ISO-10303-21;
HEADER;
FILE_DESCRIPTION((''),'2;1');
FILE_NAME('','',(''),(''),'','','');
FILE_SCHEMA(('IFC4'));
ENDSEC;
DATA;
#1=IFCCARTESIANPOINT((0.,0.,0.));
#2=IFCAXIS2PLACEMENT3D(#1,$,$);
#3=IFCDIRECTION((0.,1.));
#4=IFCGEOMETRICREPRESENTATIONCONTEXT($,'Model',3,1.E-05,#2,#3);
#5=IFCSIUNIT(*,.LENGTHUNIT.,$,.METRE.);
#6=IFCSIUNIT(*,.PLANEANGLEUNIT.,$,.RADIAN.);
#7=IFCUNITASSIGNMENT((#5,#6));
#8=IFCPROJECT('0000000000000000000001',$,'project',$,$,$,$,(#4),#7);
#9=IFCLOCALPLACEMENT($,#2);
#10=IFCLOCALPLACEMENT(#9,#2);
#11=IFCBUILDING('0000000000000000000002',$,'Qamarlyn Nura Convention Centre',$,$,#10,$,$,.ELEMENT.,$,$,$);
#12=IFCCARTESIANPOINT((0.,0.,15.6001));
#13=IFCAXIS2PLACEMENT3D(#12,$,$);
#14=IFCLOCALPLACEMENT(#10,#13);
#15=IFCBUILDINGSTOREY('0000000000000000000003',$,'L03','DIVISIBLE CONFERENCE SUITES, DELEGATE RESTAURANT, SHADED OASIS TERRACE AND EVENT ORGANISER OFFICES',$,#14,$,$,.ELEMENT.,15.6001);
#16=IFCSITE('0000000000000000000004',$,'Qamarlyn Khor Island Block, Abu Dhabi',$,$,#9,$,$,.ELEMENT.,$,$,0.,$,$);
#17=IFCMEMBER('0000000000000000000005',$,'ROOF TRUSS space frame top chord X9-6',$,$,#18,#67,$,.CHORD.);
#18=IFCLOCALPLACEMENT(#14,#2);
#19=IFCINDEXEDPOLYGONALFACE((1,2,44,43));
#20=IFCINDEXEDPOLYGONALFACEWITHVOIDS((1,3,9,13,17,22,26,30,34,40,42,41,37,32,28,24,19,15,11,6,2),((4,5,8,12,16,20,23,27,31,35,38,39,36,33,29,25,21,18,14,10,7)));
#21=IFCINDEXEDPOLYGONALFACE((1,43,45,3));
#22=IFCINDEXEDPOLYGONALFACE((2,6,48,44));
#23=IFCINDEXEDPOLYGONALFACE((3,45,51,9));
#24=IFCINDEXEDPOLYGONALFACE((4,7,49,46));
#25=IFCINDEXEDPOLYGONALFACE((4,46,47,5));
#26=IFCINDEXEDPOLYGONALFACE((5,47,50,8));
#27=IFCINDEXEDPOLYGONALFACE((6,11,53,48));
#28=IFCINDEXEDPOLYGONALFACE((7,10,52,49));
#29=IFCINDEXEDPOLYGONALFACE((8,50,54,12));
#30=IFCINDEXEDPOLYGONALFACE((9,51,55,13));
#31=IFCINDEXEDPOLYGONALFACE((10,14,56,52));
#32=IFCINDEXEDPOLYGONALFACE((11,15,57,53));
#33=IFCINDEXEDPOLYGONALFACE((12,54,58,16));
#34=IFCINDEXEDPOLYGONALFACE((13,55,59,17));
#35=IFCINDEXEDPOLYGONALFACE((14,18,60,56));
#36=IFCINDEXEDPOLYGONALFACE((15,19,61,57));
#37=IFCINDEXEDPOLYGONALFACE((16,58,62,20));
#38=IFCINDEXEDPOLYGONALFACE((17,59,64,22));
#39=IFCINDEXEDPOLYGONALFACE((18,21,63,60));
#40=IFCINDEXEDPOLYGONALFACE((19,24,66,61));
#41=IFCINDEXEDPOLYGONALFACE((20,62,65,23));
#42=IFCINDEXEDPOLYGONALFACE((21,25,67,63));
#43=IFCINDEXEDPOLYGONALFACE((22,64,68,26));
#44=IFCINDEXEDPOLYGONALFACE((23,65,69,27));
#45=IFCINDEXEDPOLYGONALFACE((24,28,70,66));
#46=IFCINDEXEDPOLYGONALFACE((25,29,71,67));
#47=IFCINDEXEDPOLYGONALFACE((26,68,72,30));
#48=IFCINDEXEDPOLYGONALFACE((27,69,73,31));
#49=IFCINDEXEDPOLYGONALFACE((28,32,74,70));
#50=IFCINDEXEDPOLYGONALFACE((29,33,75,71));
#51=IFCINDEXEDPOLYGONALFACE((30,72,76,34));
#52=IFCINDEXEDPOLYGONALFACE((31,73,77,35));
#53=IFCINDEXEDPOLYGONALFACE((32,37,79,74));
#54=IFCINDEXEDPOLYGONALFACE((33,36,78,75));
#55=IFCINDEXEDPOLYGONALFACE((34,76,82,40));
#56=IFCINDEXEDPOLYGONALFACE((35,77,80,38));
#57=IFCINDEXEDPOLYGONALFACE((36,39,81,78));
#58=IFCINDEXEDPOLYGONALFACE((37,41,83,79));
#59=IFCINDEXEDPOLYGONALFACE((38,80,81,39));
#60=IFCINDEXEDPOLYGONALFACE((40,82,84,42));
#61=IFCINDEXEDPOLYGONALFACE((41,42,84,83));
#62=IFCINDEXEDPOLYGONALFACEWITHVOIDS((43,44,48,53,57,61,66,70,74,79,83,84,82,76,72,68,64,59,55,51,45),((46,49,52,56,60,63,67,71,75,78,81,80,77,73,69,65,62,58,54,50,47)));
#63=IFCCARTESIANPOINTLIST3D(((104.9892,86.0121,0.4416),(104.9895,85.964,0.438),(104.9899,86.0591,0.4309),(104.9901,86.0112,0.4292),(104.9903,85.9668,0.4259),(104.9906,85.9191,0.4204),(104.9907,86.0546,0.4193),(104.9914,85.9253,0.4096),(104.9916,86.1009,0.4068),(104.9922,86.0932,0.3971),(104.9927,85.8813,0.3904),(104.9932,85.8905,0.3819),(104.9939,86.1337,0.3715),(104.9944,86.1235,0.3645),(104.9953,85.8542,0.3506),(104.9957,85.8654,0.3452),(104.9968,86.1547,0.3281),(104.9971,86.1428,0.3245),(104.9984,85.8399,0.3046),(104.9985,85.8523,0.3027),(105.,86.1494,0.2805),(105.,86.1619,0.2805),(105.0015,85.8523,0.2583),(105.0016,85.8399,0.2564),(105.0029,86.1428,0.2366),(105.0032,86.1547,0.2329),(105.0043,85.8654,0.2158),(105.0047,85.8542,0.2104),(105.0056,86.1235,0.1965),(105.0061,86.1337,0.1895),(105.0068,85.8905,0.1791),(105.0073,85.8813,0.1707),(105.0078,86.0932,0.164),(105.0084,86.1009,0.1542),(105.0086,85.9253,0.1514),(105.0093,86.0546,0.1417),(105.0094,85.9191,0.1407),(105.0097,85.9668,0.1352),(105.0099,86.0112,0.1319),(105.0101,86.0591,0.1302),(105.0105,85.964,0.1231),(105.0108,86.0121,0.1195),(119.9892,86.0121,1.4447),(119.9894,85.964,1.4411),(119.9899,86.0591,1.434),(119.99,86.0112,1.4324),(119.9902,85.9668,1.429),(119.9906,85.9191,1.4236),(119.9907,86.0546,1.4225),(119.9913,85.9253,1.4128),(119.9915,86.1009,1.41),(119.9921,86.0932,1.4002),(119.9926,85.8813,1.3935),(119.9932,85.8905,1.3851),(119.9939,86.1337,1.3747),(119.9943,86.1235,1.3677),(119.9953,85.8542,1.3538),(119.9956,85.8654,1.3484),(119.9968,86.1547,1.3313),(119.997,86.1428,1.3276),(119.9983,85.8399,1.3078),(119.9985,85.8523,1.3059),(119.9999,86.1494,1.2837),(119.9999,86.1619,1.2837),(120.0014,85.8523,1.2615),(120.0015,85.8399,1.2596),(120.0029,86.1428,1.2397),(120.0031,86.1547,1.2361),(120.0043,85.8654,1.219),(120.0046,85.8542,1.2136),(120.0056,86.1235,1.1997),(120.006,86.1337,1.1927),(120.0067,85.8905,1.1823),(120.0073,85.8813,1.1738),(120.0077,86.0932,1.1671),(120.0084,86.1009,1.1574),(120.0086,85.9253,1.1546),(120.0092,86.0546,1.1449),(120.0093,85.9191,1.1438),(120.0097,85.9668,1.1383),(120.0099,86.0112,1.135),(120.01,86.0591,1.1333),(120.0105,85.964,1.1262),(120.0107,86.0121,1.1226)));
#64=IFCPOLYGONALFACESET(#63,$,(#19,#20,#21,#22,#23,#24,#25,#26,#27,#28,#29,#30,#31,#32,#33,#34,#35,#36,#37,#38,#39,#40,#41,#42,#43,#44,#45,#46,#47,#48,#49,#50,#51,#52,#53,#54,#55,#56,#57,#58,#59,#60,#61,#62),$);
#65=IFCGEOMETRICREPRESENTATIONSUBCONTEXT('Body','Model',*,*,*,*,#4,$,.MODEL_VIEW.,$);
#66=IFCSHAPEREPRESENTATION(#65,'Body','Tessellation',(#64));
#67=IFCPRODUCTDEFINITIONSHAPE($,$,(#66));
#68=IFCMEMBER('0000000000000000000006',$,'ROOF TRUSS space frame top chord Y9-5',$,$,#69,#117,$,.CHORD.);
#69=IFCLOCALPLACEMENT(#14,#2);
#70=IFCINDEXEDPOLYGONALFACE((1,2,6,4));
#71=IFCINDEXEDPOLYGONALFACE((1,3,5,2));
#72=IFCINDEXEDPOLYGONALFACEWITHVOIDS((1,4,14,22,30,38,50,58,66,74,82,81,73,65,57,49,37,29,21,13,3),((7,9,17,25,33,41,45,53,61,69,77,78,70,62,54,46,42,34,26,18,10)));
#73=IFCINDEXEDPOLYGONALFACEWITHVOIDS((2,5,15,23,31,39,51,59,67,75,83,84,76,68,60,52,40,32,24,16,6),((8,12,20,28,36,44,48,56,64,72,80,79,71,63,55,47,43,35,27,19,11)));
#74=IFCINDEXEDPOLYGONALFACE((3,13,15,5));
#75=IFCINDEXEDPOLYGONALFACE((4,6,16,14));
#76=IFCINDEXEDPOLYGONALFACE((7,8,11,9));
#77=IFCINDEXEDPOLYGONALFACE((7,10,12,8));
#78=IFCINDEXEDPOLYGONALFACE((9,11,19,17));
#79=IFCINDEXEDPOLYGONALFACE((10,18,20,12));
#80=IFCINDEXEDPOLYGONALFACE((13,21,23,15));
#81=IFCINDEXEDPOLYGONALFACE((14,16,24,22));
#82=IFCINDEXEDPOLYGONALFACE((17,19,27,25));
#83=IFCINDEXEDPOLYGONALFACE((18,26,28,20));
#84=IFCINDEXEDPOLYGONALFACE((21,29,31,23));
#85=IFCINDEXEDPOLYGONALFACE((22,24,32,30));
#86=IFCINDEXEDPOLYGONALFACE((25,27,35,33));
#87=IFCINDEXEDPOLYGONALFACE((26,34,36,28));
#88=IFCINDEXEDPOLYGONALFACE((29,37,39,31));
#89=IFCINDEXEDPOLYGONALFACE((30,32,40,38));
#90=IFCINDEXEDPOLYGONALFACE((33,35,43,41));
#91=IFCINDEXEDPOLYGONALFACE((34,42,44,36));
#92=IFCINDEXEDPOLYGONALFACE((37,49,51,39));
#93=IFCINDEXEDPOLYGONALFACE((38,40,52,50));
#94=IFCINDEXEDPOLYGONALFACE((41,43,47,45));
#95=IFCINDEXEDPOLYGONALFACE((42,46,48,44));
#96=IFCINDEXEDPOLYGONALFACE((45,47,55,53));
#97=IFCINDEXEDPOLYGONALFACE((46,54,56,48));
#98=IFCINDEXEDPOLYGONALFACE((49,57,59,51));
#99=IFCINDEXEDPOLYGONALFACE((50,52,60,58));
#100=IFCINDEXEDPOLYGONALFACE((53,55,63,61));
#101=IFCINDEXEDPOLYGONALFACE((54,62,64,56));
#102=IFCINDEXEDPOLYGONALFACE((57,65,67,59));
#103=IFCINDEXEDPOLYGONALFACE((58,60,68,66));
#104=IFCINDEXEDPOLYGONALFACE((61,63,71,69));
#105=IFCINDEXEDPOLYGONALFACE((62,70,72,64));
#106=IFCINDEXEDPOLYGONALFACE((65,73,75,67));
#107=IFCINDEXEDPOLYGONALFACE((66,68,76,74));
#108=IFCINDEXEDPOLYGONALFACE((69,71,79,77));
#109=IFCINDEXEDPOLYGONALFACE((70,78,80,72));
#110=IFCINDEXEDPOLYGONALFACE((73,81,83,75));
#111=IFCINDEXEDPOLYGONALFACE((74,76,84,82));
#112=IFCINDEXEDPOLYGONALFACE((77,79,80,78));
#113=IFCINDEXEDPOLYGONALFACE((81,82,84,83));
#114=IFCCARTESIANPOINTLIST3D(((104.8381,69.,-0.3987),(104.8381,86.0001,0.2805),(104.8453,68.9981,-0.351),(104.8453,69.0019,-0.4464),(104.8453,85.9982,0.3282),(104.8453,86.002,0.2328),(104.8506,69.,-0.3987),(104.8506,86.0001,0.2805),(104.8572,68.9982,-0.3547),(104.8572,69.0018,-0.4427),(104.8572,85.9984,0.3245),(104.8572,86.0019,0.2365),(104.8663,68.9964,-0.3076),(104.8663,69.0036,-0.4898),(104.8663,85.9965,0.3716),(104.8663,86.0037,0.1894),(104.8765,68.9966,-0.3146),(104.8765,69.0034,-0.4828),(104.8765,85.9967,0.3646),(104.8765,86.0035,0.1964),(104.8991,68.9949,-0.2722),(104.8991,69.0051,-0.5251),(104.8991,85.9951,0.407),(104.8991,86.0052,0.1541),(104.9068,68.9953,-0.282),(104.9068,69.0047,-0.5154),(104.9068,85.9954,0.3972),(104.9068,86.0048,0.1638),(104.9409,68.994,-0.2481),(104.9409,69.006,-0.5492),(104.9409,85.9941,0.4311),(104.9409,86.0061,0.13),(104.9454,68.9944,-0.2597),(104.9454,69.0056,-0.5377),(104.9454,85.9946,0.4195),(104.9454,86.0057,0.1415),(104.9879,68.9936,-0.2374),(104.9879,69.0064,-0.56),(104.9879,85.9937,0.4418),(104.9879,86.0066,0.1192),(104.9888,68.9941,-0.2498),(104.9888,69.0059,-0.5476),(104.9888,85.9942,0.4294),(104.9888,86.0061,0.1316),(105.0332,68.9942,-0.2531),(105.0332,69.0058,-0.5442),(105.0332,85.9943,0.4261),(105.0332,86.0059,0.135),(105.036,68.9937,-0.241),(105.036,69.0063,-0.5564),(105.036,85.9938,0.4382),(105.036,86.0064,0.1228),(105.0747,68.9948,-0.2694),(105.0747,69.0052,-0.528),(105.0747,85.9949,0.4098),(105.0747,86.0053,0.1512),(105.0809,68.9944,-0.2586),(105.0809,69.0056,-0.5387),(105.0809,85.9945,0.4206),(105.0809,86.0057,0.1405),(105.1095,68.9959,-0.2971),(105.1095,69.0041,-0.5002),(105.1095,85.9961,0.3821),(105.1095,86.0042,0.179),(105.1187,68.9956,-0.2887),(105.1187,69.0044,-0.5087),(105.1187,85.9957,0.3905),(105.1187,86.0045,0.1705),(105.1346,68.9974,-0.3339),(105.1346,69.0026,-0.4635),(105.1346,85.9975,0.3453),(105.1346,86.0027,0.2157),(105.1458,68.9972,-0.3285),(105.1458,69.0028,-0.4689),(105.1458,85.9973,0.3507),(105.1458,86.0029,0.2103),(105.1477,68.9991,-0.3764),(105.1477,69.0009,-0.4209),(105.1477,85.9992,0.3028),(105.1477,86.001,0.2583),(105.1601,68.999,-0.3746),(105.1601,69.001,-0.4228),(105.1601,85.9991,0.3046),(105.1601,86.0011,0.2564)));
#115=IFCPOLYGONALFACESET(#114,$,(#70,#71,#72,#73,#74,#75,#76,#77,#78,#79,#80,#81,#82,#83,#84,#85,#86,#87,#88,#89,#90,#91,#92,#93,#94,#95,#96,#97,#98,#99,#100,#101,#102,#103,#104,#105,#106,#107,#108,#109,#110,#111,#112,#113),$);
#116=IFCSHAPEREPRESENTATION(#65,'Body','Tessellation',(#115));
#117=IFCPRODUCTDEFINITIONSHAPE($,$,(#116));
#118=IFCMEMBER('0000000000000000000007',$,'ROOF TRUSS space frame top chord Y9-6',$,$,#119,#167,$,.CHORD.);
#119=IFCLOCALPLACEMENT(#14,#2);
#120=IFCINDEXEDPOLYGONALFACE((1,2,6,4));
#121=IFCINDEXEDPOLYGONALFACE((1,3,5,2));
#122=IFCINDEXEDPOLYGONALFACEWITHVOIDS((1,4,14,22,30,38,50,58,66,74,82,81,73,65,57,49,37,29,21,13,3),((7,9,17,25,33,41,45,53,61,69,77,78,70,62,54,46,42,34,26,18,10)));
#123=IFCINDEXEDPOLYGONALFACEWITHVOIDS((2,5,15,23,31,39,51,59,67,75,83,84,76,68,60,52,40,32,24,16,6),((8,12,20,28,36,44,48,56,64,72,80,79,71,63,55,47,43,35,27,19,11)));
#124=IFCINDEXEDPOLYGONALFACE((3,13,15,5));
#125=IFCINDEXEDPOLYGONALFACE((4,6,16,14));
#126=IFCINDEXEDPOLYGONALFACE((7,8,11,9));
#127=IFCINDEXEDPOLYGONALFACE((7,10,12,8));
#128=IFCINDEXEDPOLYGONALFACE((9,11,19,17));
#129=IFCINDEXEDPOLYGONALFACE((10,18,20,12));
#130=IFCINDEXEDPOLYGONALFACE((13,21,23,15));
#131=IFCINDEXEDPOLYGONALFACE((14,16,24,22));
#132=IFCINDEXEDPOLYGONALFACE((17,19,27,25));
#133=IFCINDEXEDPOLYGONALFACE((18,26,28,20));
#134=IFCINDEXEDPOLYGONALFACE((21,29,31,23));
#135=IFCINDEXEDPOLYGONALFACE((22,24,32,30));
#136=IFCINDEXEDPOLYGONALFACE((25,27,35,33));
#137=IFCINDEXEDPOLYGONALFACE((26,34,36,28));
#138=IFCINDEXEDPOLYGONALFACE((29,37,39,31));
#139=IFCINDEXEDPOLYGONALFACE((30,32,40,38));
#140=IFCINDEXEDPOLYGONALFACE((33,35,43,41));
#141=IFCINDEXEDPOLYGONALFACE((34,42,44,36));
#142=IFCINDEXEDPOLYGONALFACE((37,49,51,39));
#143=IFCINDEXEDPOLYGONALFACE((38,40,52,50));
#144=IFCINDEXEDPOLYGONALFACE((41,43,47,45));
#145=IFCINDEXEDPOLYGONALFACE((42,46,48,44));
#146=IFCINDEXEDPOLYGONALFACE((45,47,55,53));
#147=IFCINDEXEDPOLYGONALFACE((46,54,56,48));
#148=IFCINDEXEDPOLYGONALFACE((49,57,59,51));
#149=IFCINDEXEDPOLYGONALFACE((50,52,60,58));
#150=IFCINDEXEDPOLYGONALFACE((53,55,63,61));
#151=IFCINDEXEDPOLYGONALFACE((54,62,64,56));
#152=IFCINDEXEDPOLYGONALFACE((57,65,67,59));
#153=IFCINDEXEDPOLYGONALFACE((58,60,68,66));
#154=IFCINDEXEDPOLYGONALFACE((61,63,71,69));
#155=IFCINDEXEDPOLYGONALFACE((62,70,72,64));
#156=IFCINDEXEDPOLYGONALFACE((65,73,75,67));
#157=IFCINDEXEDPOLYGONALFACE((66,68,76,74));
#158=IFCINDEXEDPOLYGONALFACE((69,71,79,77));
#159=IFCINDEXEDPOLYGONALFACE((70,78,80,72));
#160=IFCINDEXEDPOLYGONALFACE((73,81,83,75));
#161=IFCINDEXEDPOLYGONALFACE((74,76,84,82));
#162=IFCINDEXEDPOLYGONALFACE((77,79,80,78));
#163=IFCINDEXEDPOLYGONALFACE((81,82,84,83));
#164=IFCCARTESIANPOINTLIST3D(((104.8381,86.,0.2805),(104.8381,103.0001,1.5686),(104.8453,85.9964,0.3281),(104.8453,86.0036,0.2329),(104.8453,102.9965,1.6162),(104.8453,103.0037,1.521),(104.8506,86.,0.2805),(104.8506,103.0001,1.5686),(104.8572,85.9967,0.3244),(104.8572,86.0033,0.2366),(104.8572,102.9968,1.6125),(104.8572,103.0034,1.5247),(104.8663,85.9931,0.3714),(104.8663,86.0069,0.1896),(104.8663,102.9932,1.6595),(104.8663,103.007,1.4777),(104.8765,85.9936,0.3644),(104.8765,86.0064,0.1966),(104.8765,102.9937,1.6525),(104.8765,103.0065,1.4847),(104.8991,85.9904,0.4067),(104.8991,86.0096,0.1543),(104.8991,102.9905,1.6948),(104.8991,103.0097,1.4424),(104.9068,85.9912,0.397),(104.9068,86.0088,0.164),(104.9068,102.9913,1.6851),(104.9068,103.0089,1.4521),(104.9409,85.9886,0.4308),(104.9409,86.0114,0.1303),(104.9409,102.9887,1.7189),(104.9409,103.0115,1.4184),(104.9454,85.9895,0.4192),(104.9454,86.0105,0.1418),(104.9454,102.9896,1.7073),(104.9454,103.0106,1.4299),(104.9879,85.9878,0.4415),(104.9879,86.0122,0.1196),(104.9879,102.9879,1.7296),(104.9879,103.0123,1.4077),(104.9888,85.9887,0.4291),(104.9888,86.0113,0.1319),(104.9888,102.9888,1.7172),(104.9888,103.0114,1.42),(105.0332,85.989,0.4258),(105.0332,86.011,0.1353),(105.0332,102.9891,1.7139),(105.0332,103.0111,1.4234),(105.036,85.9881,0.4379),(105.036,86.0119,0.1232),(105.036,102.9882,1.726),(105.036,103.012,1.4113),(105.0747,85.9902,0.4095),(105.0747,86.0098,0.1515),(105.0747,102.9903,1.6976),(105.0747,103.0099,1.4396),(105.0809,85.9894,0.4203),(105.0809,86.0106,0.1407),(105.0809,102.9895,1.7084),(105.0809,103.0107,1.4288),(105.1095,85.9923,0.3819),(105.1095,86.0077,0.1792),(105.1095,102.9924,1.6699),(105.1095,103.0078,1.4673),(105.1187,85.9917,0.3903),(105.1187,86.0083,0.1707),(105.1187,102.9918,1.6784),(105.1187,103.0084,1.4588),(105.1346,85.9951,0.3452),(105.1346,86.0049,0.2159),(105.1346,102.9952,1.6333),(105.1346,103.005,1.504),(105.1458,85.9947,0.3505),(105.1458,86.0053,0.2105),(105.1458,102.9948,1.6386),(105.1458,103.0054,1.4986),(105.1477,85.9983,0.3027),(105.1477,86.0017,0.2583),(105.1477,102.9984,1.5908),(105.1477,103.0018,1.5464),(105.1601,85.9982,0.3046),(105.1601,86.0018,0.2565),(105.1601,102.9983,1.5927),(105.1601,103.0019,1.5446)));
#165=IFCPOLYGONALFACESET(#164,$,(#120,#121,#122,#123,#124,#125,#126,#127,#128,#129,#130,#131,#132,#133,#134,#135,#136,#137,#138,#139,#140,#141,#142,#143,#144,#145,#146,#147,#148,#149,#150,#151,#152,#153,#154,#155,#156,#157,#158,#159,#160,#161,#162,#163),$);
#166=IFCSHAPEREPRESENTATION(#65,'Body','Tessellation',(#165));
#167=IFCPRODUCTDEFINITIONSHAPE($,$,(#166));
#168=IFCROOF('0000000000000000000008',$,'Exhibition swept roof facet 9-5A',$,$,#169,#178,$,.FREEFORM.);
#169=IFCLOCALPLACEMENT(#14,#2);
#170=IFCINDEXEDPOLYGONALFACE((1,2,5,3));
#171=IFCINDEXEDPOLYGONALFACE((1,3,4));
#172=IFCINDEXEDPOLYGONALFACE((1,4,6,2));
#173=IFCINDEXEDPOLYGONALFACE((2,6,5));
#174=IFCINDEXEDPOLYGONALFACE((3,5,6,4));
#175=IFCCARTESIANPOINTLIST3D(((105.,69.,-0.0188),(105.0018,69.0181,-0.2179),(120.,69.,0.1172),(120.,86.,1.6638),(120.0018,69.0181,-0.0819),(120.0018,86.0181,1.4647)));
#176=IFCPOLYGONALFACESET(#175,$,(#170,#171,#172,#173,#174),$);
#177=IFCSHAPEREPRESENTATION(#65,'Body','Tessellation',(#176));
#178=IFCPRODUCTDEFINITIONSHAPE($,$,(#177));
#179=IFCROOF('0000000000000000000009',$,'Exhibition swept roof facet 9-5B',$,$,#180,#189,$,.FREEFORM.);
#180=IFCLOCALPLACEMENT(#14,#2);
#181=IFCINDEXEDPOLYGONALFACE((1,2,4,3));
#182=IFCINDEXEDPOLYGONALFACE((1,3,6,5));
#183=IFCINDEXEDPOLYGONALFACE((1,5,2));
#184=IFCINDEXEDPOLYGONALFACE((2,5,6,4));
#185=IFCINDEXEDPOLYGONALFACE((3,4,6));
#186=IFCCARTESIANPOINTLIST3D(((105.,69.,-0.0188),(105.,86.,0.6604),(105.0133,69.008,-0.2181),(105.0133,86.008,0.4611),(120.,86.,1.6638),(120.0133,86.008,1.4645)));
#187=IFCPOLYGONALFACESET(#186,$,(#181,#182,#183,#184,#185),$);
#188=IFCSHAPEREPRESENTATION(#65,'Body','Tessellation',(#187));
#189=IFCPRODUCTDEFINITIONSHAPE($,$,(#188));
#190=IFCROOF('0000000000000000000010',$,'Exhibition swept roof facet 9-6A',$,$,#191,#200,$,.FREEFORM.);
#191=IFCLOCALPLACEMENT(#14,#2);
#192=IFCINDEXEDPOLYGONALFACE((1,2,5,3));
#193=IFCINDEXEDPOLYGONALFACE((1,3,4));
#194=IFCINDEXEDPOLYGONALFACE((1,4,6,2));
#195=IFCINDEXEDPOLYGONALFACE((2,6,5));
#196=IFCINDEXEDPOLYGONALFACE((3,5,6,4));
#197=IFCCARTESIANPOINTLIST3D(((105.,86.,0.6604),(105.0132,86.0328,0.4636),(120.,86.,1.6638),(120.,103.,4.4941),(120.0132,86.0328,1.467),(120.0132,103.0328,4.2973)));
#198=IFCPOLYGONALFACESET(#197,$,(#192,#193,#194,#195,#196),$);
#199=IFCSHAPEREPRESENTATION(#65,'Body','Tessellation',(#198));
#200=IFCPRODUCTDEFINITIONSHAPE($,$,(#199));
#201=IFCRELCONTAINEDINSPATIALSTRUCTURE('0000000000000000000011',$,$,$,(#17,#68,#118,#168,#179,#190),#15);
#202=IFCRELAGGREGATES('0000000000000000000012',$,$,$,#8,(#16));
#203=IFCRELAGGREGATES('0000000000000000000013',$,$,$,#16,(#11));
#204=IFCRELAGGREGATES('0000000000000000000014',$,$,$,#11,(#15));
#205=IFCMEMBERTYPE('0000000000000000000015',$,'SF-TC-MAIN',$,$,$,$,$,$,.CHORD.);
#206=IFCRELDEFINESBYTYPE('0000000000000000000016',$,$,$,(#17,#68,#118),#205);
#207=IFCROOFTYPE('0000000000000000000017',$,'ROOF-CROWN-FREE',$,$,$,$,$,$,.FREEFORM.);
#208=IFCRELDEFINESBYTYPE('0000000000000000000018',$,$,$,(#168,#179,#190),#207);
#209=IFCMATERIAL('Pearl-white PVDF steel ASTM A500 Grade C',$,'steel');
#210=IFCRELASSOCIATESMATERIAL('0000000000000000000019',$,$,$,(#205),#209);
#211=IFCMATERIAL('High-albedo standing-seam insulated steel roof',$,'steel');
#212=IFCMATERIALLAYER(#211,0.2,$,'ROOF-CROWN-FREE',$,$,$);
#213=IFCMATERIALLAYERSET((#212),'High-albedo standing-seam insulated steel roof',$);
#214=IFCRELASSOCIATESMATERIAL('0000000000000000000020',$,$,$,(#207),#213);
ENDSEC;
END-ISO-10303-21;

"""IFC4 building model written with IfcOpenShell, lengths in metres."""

from ifc_helpers import new_model, si_unit, direction, frame, origin, origin_2d, place, context, subcontext, project, spatial, polyline, hollow_circle, outline, extrude, material, layer, layer_set, material_profile, profile_set, type_object, element, save


model = new_model("IFC4")

# Units and contexts
model_context = context("Model", 3, precision=1e-05, world=origin(), true_north=direction((0.0, 1.0)))
body_context = subcontext(model_context, "Body", "Model", "MODEL_VIEW")
ifc_project = project(units=[si_unit("LENGTHUNIT", "METRE"), si_unit("PLANEANGLEUNIT", "RADIAN")], contexts=[model_context])

# Site, building, storey
site_placement = place(None, origin())
site = spatial("IfcSite", under=ifc_project, at=site_placement, Name="Qamarlyn Khor Island Block, Abu Dhabi", CompositionType="ELEMENT", RefElevation=0.0)
building_placement = place(site_placement, origin())
building = spatial("IfcBuilding", under=site, at=building_placement, Name="Qamarlyn Nura Convention Centre", CompositionType="ELEMENT")
storey_placement = place(building_placement, frame((0.0, 0.0, 15.6001)))
storey = spatial("IfcBuildingStorey", under=building, at=storey_placement, Name="L03", Description="DIVISIBLE CONFERENCE SUITES, DELEGATE RESTAURANT, SHADED OASIS TERRACE AND EVENT ORGANISER OFFICES", CompositionType="ELEMENT", Elevation=15.6001)

# Members
ifc_material_1 = material(Name="Pearl-white PVDF steel ASTM A500 Grade C", Category="steel")
ifc_material_profile_1 = material_profile(ifc_material_1, hollow_circle(Radius=0.1619, WallThickness=0.0125, at=origin_2d()), Name="CHS323.9X12.5")
ifc_profile_set_1 = profile_set([ifc_material_profile_1], Name="Pearl-white PVDF steel ASTM A500 Grade C")
member_type_1 = type_object("IfcMemberType", Name="SF-TC-MAIN", PredefinedType="CHORD", material=ifc_profile_set_1)
member_1_placement = place(storey_placement, frame((105.0, 86.0, 0.2805), z_axis=(0.997771, 0.0, 0.066729), x_axis=(0.0, 1.0, 0.0)))
element("IfcMember", 1, at=member_1_placement, inside=storey, type_object=member_type_1, Name="ROOF TRUSS space frame top chord X9-6", PredefinedType="CHORD", context=body_context, shape_type="SweptSolid", body=[
    extrude(hollow_circle(Radius=0.1619, WallThickness=0.0125, at=origin_2d()), origin(), (0.0, 0.0, 1.0), 15.0334),
])
member_2_placement = place(storey_placement, frame((105.0, 69.0, -0.3987), z_axis=(0.0, 0.999203, 0.039921), x_axis=(-1.0, 0.0, 0.0)))
element("IfcMember", 2, at=member_2_placement, inside=storey, type_object=member_type_1, Name="ROOF TRUSS space frame top chord Y9-5", PredefinedType="CHORD", context=body_context, shape_type="SweptSolid", body=[
    extrude(hollow_circle(Radius=0.1619, WallThickness=0.0125, at=origin_2d()), origin(), (0.0, 0.0, 1.0), 17.0137),
])
member_3_placement = place(storey_placement, frame((105.0, 86.0, 0.2805), z_axis=(0.0, 0.997142, 0.075553), x_axis=(-1.0, 0.0, 0.0)))
element("IfcMember", 3, at=member_3_placement, inside=storey, type_object=member_type_1, Name="ROOF TRUSS space frame top chord Y9-6", PredefinedType="CHORD", context=body_context, shape_type="SweptSolid", body=[
    extrude(hollow_circle(Radius=0.1619, WallThickness=0.0125, at=origin_2d()), origin(), (0.0, 0.0, 1.0), 17.0488),
])

# Roofs
ifc_material_2 = material(Name="High-albedo standing-seam insulated steel roof", Category="steel")
ifc_layer = layer(ifc_material_2, 0.2, Name="ROOF-CROWN-FREE")
ifc_layer_set = layer_set([ifc_layer], Name="High-albedo standing-seam insulated steel roof")
roof_type = type_object("IfcRoofType", Name="ROOF-CROWN-FREE", PredefinedType="FREEFORM", material=ifc_layer_set)
roof_1_placement = place(storey_placement, frame((105.0, 69.0, -0.0188), z_axis=(-0.009028, -0.0906, 0.995846), x_axis=(0.999959, 0.0, 0.009065)))
element("IfcRoof", 4, at=roof_1_placement, inside=storey, type_object=roof_type, Name="Exhibition swept roof facet 9-5A", PredefinedType="FREEFORM", context=body_context, shape_type="SweptSolid", body=[
    extrude(outline(polyline([(0.0, 0.0), (15.0006, 0.0), (15.0146, 17.0702), (0.0, 0.0)])), origin(), (0.0, 0.0, -1.0), 0.2),
])
roof_2_placement = place(storey_placement, frame((105.0, 69.0, -0.0188), z_axis=(-0.066692, -0.039832, 0.996978), x_axis=(0.659807, 0.747781, 0.074014)))
element("IfcRoof", 5, at=roof_2_placement, inside=storey, type_object=roof_type, Name="Exhibition swept roof facet 9-5B", PredefinedType="FREEFORM", context=body_context, shape_type="SweptSolid", body=[
    extrude(outline(polyline([(0.0, 0.0), (22.7339, 0.0), (12.7626, 11.2507), (0.0, 0.0)])), origin(), (0.0, 0.0, -1.0), 0.2),
])
roof_3_placement = place(storey_placement, frame((105.0, 86.0, 0.6604), z_axis=(-0.065843, -0.163873, 0.984282), x_axis=(0.99777, 0.0, 0.066745)))
element("IfcRoof", 6, at=roof_3_placement, inside=storey, type_object=roof_type, Name="Exhibition swept roof facet 9-6A", PredefinedType="FREEFORM", context=body_context, shape_type="SweptSolid", body=[
    extrude(outline(polyline([(0.0, 0.0), (15.0335, 0.0), (15.2224, 17.233), (0.0, 0.0)])), origin(), (0.0, 0.0, -1.0), 0.2),
])

save(model, "model.ifc")
